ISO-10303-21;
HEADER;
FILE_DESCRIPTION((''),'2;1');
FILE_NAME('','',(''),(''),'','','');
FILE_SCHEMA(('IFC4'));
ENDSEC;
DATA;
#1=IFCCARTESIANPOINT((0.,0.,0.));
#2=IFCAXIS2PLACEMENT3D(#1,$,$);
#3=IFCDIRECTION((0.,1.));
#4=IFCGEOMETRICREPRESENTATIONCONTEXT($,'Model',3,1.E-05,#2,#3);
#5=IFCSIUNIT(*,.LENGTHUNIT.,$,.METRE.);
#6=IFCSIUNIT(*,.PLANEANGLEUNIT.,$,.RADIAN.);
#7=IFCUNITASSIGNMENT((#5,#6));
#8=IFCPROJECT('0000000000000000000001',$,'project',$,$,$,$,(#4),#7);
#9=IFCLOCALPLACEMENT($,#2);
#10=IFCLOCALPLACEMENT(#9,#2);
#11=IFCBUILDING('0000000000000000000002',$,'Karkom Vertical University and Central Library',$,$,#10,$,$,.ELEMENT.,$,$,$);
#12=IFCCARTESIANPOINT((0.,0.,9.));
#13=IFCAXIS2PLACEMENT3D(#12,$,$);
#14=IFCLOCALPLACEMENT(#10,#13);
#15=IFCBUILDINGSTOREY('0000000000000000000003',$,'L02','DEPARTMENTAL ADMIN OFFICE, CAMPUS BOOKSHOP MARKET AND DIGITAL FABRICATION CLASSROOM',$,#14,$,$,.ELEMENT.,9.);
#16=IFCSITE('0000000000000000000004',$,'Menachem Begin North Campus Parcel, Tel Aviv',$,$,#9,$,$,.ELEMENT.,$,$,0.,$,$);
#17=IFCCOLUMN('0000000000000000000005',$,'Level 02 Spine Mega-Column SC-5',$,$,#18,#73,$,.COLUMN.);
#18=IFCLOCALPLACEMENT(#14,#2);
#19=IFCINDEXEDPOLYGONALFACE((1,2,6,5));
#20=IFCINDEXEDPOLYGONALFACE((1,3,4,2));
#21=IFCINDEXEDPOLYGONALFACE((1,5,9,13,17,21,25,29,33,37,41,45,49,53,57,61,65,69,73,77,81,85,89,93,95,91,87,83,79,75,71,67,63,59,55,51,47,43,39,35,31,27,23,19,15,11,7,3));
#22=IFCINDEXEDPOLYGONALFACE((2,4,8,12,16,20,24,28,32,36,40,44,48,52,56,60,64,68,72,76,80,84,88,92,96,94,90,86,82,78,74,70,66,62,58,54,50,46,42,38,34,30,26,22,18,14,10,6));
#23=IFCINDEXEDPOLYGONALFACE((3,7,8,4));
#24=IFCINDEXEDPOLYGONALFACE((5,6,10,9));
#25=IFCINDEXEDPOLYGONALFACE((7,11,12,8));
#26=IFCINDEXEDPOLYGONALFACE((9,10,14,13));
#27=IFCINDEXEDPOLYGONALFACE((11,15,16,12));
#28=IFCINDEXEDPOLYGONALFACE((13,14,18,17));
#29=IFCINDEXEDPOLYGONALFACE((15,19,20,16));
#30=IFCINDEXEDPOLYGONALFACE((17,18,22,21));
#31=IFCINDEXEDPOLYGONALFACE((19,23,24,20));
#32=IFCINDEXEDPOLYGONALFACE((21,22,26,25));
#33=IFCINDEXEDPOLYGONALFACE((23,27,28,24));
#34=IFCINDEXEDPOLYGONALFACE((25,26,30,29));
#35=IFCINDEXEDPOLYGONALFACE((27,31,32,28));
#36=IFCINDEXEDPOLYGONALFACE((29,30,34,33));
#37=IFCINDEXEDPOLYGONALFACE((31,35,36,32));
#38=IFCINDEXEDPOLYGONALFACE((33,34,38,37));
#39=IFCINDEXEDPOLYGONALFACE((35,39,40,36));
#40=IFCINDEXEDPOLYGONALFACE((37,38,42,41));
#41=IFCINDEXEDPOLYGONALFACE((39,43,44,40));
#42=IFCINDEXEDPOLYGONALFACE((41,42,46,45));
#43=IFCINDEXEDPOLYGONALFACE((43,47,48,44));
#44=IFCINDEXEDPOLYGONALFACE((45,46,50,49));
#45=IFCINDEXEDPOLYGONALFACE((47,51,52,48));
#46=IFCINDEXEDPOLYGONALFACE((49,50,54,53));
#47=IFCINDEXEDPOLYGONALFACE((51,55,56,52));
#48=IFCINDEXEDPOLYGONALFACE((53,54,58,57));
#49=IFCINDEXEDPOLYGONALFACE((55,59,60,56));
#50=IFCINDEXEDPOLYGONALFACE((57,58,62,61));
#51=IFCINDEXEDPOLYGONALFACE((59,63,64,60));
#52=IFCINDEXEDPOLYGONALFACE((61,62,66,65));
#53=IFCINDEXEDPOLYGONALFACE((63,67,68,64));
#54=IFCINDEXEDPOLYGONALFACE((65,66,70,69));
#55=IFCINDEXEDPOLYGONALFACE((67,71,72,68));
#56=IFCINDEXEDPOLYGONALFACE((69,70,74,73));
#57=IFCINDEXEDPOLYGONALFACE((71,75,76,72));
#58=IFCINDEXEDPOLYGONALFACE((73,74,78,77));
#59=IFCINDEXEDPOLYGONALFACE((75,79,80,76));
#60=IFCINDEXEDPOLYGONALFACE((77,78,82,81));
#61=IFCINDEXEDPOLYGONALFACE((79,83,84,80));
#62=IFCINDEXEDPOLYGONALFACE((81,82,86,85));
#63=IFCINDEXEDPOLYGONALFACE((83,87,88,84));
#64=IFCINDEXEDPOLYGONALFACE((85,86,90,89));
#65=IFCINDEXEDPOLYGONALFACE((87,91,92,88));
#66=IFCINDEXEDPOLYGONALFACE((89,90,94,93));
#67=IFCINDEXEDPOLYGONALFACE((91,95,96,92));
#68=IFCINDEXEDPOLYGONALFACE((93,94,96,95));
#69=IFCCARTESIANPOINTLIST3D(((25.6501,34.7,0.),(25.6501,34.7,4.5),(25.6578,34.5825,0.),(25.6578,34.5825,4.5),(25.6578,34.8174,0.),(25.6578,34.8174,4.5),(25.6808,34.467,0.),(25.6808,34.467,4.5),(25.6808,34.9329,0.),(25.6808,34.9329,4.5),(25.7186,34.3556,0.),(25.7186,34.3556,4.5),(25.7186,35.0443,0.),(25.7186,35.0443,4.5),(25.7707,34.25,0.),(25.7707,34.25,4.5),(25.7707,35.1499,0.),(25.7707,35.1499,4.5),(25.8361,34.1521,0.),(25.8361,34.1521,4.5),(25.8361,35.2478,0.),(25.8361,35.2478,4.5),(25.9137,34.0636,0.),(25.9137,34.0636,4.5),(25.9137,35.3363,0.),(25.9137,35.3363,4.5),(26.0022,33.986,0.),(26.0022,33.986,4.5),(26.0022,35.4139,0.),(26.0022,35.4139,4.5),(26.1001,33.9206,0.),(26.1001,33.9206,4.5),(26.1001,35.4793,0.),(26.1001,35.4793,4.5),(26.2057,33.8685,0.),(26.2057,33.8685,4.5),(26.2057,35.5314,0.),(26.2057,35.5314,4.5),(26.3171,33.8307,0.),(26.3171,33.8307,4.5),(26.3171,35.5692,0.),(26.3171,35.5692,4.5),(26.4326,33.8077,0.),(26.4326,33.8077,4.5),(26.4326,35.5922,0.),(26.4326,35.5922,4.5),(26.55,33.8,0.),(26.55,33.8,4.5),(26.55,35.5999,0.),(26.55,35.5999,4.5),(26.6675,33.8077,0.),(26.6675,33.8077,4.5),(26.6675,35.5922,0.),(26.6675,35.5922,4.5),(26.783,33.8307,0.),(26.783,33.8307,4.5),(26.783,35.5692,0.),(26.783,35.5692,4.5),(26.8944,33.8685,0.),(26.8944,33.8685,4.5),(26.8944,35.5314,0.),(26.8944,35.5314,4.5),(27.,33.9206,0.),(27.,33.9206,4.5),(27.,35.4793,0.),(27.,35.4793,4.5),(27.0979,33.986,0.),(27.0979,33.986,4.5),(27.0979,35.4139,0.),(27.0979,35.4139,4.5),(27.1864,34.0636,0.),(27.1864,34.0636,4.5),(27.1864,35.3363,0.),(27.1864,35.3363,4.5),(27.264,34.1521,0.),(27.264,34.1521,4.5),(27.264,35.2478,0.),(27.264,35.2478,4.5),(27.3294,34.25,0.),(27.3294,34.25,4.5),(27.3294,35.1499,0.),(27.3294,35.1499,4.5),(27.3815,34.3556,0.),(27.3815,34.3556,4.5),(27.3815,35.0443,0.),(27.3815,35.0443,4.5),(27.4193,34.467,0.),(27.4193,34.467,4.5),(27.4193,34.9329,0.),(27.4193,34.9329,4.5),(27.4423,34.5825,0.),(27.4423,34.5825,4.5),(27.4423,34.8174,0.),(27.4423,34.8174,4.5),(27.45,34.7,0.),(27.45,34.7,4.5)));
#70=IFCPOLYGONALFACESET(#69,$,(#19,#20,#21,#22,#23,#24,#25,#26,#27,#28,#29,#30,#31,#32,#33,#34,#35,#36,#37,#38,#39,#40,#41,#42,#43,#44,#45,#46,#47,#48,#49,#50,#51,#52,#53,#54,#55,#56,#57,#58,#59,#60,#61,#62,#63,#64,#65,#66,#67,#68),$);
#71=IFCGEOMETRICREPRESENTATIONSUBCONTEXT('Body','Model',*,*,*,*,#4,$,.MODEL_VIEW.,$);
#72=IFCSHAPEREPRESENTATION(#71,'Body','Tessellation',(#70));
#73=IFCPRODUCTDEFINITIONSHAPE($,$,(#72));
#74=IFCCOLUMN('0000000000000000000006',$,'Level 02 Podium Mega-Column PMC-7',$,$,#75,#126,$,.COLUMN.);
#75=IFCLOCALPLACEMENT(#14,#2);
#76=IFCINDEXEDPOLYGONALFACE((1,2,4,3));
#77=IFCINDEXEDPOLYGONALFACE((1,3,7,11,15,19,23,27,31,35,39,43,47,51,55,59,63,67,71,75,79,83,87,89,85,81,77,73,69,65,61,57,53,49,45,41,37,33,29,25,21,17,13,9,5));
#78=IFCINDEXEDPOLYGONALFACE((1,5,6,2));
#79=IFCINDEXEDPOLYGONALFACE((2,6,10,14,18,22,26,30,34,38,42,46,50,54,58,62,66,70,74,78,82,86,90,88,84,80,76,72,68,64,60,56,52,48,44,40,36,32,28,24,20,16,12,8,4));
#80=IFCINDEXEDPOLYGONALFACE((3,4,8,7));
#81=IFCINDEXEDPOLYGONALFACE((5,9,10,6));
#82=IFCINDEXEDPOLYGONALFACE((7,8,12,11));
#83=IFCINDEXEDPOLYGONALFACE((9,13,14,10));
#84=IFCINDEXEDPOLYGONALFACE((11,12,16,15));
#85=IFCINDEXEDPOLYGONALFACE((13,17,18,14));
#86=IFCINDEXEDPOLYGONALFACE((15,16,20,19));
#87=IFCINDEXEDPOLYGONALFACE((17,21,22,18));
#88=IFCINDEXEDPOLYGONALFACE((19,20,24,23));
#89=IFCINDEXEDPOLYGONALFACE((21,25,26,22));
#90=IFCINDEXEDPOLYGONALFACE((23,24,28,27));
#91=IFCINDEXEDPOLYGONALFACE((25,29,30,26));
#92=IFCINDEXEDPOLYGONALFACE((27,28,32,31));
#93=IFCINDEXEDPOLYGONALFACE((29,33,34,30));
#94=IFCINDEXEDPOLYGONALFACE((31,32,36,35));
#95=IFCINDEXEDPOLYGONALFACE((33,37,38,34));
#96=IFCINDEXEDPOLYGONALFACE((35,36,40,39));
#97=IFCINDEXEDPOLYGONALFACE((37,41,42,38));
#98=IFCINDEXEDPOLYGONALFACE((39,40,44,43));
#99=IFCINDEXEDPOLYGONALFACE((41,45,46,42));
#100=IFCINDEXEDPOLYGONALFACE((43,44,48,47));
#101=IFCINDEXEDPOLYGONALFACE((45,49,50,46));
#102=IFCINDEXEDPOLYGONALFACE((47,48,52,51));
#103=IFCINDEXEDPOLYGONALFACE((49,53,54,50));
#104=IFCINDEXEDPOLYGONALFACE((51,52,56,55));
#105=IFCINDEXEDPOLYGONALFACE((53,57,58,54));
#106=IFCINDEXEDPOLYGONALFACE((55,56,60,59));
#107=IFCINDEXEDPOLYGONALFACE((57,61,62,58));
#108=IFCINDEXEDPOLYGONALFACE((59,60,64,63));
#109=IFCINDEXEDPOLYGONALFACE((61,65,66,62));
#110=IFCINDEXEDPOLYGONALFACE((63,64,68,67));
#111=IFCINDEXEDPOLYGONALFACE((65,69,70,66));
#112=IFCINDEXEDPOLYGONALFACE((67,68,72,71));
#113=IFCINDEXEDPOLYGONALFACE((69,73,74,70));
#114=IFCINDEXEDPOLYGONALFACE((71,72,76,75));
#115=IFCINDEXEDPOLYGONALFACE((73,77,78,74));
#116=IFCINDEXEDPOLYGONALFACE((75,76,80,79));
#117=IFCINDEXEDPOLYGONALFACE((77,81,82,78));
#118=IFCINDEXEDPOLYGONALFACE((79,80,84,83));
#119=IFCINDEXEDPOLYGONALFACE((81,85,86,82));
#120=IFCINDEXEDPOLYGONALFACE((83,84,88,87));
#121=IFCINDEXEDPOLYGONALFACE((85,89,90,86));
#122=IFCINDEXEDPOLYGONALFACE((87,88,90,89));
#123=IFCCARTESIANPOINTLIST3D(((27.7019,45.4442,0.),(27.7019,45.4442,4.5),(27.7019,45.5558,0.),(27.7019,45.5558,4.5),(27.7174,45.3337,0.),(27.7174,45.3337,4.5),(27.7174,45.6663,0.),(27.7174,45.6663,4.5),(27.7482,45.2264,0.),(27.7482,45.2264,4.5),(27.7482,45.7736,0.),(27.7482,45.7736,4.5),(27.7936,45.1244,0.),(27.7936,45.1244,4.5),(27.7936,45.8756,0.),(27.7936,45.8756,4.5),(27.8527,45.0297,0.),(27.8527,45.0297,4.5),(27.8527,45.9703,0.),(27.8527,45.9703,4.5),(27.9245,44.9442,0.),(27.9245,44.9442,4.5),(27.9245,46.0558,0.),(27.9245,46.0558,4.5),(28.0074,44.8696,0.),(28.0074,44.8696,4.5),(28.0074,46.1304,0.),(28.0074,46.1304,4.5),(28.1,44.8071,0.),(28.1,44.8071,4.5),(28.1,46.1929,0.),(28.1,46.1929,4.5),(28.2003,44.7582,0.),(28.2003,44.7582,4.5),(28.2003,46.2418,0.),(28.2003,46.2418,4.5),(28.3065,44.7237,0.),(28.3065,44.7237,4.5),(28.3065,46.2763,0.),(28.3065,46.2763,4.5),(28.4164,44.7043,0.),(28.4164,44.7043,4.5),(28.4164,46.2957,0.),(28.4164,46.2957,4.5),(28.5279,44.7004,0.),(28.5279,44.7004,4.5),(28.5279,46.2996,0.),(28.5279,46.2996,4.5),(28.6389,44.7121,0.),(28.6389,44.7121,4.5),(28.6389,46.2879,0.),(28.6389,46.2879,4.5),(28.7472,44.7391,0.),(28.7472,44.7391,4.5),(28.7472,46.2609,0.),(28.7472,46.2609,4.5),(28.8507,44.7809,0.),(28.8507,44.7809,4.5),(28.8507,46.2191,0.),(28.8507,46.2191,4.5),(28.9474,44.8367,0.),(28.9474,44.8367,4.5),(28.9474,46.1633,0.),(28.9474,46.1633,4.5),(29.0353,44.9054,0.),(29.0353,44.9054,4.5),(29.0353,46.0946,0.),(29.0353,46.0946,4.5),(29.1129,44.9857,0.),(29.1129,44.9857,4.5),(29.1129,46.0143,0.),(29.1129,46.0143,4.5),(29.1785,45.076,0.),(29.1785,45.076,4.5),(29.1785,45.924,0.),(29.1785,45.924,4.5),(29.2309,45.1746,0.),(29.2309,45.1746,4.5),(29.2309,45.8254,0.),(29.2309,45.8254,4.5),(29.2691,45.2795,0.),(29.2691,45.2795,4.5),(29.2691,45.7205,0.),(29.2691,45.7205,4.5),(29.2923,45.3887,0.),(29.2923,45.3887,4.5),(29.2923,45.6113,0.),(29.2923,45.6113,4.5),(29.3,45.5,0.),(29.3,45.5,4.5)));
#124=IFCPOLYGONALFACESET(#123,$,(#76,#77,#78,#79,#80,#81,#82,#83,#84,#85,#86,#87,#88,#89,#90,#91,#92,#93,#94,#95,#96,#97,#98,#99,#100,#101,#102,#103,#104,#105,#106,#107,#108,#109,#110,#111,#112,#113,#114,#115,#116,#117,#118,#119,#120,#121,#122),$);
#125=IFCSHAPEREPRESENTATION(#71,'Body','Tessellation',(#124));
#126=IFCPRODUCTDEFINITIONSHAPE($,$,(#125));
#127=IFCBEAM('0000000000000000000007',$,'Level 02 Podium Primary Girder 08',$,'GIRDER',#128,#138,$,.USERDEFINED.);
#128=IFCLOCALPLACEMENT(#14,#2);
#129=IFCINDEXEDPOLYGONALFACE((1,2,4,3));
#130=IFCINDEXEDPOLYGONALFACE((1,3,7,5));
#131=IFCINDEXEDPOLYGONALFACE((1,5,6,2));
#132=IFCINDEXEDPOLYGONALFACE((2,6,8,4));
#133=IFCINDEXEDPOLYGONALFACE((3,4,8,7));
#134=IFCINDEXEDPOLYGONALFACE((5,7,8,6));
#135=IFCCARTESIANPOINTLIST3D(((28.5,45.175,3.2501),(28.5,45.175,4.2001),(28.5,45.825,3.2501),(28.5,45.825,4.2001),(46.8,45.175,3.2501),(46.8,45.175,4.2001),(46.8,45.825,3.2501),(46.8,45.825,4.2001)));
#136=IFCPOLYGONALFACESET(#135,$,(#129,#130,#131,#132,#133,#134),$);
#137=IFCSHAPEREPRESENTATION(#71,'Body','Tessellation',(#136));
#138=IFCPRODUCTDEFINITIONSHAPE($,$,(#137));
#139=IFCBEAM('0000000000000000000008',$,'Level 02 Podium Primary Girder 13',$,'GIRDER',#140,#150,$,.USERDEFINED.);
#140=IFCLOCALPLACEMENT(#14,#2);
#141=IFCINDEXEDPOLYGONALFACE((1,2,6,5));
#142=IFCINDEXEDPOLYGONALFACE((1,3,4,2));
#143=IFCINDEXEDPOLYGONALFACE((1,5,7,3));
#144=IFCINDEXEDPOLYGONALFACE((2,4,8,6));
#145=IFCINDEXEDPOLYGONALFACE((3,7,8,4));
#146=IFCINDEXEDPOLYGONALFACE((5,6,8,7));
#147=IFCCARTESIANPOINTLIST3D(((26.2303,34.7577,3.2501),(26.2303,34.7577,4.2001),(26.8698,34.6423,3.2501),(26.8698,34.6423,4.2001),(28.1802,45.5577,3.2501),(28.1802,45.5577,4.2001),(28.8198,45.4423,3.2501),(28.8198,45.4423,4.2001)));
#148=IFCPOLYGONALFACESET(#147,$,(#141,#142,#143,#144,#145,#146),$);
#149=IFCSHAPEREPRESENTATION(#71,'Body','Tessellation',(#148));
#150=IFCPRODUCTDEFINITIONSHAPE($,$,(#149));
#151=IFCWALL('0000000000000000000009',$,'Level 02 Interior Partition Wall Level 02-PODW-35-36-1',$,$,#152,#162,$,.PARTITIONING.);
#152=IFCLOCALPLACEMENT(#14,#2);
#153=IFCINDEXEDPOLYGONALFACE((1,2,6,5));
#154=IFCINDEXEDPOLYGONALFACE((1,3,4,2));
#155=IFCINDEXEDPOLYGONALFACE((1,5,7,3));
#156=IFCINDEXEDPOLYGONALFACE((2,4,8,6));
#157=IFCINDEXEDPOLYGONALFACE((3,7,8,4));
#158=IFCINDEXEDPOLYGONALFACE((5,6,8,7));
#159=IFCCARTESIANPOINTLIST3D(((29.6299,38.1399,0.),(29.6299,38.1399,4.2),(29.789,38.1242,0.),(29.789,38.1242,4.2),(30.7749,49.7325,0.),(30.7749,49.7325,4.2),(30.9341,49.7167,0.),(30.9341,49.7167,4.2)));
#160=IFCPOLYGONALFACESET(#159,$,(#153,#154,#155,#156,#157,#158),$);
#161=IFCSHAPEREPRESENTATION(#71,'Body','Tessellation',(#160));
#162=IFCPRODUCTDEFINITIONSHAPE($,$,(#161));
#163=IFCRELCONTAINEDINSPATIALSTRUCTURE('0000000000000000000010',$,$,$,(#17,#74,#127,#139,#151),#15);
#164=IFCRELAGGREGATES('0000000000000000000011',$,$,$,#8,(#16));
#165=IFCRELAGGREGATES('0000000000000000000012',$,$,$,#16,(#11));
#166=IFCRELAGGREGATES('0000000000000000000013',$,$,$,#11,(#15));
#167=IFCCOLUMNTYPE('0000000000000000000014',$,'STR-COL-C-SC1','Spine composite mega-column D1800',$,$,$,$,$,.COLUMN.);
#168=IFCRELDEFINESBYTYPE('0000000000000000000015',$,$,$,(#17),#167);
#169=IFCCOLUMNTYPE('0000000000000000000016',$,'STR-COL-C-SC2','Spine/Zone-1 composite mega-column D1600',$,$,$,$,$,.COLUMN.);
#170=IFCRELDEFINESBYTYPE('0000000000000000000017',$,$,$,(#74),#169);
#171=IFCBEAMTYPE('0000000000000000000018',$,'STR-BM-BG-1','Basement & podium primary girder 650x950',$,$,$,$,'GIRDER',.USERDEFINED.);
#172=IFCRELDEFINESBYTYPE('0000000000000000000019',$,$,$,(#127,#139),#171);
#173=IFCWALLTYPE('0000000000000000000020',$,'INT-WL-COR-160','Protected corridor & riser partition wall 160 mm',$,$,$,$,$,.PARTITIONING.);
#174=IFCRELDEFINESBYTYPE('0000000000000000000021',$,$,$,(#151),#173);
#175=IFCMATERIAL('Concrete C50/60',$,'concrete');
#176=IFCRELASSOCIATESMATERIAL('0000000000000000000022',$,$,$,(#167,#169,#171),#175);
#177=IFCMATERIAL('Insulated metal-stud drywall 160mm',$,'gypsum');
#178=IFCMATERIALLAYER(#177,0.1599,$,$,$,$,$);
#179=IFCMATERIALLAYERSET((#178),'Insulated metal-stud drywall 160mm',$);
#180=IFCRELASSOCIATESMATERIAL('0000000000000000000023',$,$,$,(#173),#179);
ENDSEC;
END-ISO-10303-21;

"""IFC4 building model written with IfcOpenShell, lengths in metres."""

from ifc_helpers import new_model, si_unit, direction, frame, frame_2d, origin, origin_with_axes, origin_2d, place, context, subcontext, project, spatial, rectangle, circle, extrude, source, transform, mapped, material, layer, layer_set, material_profile, profile_set, type_object, element, save


model = new_model("IFC4")

# Units and contexts
model_context = context("Model", 3, precision=1e-05, world=origin(), true_north=direction((0.0, 1.0)))
body_context = subcontext(model_context, "Body", "Model", "MODEL_VIEW")
ifc_project = project(units=[si_unit("LENGTHUNIT", "METRE"), si_unit("PLANEANGLEUNIT", "RADIAN")], contexts=[model_context])

# Site, building, storey
site_placement = place(None, origin())
site = spatial("IfcSite", under=ifc_project, at=site_placement, Name="Menachem Begin North Campus Parcel, Tel Aviv", CompositionType="ELEMENT", RefElevation=0.0)
building_placement = place(site_placement, origin())
building = spatial("IfcBuilding", under=site, at=building_placement, Name="Karkom Vertical University and Central Library", CompositionType="ELEMENT")
storey_placement = place(building_placement, frame((0.0, 0.0, 9.0)))
storey = spatial("IfcBuildingStorey", under=building, at=storey_placement, Name="L02", Description="DEPARTMENTAL ADMIN OFFICE, CAMPUS BOOKSHOP MARKET AND DIGITAL FABRICATION CLASSROOM", CompositionType="ELEMENT", Elevation=9.0)

# Columns
ifc_material_1 = material(Name="Concrete C50/60", Category="concrete")
ifc_material_profile_1 = material_profile(ifc_material_1, circle(Radius=0.8999, at=origin_2d()), Name="CFT-D1800")
ifc_profile_set_1 = profile_set([ifc_material_profile_1], Name="Concrete C50/60")
column_type_1 = type_object("IfcColumnType", Name="STR-COL-C-SC1", Description="Spine composite mega-column D1800", PredefinedType="COLUMN", material=ifc_profile_set_1)
shared_shape_1 = source(origin_with_axes(), body_context, "Body", "SweptSolid", [
    extrude(circle(Radius=0.8999, at=origin_2d()), origin(), (0.0, 0.0, 1.0), 4.5),
])
column_1_placement = place(storey_placement, frame((26.55, 34.7, 0.0), z_axis=(0.0, 0.0, 1.0), x_axis=(1.0, 0.0, 0.0)))
element("IfcColumn", 1, at=column_1_placement, inside=storey, type_object=column_type_1, Name="Level 02 Spine Mega-Column SC-5", PredefinedType="COLUMN", context=body_context, shape_type="MappedRepresentation", body=[
    mapped(shared_shape_1, transform((0.0, 0.0, 0.0), scale=1.0)),
])
ifc_material_profile_2 = material_profile(ifc_material_1, circle(Radius=0.8, at=origin_2d()), Name="CFT-D1600")
ifc_profile_set_2 = profile_set([ifc_material_profile_2], Name="Concrete C50/60")
column_type_2 = type_object("IfcColumnType", Name="STR-COL-C-SC2", Description="Spine/Zone-1 composite mega-column D1600", PredefinedType="COLUMN", material=ifc_profile_set_2)
shared_shape_2 = source(origin_with_axes(), body_context, "Body", "SweptSolid", [
    extrude(circle(Radius=0.8, at=origin_2d()), origin(), (0.0, 0.0, 1.0), 4.5),
])
column_2_placement = place(storey_placement, frame((28.5, 45.5, 0.0), z_axis=(0.0, 0.0, 1.0), x_axis=(1.0, 0.0, 0.0)))
element("IfcColumn", 2, at=column_2_placement, inside=storey, type_object=column_type_2, Name="Level 02 Podium Mega-Column PMC-7", PredefinedType="COLUMN", context=body_context, shape_type="MappedRepresentation", body=[
    mapped(shared_shape_2, transform((0.0, 0.0, 0.0), scale=1.0)),
])

# Beams
ifc_material_profile_3 = material_profile(ifc_material_1, rectangle(XDim=0.6499, YDim=0.95, at=origin_2d()), Name="RCG-650x950")
ifc_profile_set_3 = profile_set([ifc_material_profile_3], Name="Concrete C50/60")
beam_type = type_object("IfcBeamType", Name="STR-BM-BG-1", Description="Basement & podium primary girder 650x950", ElementType="GIRDER", PredefinedType="USERDEFINED", material=ifc_profile_set_3)
shared_shape_3 = source(origin_with_axes(), body_context, "Body", "SweptSolid", [
    extrude(rectangle(XDim=0.6499, YDim=0.95, at=origin_2d()), origin(), (0.0, 0.0, 1.0), 18.3),
])
beam_1_placement = place(storey_placement, frame((28.5, 45.5, 3.7251), z_axis=(1.0, 0.0, 0.0), x_axis=(0.0, 1.0, 0.0)))
element("IfcBeam", 3, at=beam_1_placement, inside=storey, type_object=beam_type, Name="Level 02 Podium Primary Girder 08", ObjectType="GIRDER", PredefinedType="USERDEFINED", context=body_context, shape_type="MappedRepresentation", body=[
    mapped(shared_shape_3, transform((0.0, 0.0, 0.0), scale=1.0)),
])
shared_shape_4 = source(origin_with_axes(), body_context, "Body", "SweptSolid", [
    extrude(rectangle(XDim=0.6499, YDim=0.95, at=origin_2d()), origin(), (0.0, 0.0, 1.0), 10.9746),
])
beam_2_placement = place(storey_placement, frame((28.5, 45.5, 3.7251), z_axis=(-0.177677, -0.984089, 0.0), x_axis=(0.984089, -0.177677, 0.0)))
element("IfcBeam", 4, at=beam_2_placement, inside=storey, type_object=beam_type, Name="Level 02 Podium Primary Girder 13", ObjectType="GIRDER", PredefinedType="USERDEFINED", context=body_context, shape_type="MappedRepresentation", body=[
    mapped(shared_shape_4, transform((0.0, 0.0, 0.0), scale=1.0)),
])

# Shared definitions
ifc_material_2 = material(Name="Insulated metal-stud drywall 160mm", Category="gypsum")
ifc_layer_1 = layer(ifc_material_2, 0.1599)
ifc_layer_set_1 = layer_set([ifc_layer_1], Name="Insulated metal-stud drywall 160mm")
wall_type_1 = type_object("IfcWallType", Name="INT-WL-COR-160", Description="Protected corridor & riser partition wall 160 mm", PredefinedType="PARTITIONING", material=ifc_layer_set_1)

# Wall
wall_1_placement = place(storey_placement, frame((29.7095, 38.1321, 0.0), z_axis=(0.0, 0.0, 1.0), x_axis=(0.098294, 0.995157, 0.0)))
element("IfcWall", 5, at=wall_1_placement, inside=storey, type_object=wall_type_1, Name="Level 02 Interior Partition Wall Level 02-PODW-35-36-1", PredefinedType="PARTITIONING", context=body_context, shape_type="SweptSolid", body=[
    extrude(rectangle(XDim=11.6489, YDim=0.1599, at=frame_2d((5.8245, 0.0))), origin(), (0.0, 0.0, 1.0), 4.2),
])

save(model, "model.ifc")
